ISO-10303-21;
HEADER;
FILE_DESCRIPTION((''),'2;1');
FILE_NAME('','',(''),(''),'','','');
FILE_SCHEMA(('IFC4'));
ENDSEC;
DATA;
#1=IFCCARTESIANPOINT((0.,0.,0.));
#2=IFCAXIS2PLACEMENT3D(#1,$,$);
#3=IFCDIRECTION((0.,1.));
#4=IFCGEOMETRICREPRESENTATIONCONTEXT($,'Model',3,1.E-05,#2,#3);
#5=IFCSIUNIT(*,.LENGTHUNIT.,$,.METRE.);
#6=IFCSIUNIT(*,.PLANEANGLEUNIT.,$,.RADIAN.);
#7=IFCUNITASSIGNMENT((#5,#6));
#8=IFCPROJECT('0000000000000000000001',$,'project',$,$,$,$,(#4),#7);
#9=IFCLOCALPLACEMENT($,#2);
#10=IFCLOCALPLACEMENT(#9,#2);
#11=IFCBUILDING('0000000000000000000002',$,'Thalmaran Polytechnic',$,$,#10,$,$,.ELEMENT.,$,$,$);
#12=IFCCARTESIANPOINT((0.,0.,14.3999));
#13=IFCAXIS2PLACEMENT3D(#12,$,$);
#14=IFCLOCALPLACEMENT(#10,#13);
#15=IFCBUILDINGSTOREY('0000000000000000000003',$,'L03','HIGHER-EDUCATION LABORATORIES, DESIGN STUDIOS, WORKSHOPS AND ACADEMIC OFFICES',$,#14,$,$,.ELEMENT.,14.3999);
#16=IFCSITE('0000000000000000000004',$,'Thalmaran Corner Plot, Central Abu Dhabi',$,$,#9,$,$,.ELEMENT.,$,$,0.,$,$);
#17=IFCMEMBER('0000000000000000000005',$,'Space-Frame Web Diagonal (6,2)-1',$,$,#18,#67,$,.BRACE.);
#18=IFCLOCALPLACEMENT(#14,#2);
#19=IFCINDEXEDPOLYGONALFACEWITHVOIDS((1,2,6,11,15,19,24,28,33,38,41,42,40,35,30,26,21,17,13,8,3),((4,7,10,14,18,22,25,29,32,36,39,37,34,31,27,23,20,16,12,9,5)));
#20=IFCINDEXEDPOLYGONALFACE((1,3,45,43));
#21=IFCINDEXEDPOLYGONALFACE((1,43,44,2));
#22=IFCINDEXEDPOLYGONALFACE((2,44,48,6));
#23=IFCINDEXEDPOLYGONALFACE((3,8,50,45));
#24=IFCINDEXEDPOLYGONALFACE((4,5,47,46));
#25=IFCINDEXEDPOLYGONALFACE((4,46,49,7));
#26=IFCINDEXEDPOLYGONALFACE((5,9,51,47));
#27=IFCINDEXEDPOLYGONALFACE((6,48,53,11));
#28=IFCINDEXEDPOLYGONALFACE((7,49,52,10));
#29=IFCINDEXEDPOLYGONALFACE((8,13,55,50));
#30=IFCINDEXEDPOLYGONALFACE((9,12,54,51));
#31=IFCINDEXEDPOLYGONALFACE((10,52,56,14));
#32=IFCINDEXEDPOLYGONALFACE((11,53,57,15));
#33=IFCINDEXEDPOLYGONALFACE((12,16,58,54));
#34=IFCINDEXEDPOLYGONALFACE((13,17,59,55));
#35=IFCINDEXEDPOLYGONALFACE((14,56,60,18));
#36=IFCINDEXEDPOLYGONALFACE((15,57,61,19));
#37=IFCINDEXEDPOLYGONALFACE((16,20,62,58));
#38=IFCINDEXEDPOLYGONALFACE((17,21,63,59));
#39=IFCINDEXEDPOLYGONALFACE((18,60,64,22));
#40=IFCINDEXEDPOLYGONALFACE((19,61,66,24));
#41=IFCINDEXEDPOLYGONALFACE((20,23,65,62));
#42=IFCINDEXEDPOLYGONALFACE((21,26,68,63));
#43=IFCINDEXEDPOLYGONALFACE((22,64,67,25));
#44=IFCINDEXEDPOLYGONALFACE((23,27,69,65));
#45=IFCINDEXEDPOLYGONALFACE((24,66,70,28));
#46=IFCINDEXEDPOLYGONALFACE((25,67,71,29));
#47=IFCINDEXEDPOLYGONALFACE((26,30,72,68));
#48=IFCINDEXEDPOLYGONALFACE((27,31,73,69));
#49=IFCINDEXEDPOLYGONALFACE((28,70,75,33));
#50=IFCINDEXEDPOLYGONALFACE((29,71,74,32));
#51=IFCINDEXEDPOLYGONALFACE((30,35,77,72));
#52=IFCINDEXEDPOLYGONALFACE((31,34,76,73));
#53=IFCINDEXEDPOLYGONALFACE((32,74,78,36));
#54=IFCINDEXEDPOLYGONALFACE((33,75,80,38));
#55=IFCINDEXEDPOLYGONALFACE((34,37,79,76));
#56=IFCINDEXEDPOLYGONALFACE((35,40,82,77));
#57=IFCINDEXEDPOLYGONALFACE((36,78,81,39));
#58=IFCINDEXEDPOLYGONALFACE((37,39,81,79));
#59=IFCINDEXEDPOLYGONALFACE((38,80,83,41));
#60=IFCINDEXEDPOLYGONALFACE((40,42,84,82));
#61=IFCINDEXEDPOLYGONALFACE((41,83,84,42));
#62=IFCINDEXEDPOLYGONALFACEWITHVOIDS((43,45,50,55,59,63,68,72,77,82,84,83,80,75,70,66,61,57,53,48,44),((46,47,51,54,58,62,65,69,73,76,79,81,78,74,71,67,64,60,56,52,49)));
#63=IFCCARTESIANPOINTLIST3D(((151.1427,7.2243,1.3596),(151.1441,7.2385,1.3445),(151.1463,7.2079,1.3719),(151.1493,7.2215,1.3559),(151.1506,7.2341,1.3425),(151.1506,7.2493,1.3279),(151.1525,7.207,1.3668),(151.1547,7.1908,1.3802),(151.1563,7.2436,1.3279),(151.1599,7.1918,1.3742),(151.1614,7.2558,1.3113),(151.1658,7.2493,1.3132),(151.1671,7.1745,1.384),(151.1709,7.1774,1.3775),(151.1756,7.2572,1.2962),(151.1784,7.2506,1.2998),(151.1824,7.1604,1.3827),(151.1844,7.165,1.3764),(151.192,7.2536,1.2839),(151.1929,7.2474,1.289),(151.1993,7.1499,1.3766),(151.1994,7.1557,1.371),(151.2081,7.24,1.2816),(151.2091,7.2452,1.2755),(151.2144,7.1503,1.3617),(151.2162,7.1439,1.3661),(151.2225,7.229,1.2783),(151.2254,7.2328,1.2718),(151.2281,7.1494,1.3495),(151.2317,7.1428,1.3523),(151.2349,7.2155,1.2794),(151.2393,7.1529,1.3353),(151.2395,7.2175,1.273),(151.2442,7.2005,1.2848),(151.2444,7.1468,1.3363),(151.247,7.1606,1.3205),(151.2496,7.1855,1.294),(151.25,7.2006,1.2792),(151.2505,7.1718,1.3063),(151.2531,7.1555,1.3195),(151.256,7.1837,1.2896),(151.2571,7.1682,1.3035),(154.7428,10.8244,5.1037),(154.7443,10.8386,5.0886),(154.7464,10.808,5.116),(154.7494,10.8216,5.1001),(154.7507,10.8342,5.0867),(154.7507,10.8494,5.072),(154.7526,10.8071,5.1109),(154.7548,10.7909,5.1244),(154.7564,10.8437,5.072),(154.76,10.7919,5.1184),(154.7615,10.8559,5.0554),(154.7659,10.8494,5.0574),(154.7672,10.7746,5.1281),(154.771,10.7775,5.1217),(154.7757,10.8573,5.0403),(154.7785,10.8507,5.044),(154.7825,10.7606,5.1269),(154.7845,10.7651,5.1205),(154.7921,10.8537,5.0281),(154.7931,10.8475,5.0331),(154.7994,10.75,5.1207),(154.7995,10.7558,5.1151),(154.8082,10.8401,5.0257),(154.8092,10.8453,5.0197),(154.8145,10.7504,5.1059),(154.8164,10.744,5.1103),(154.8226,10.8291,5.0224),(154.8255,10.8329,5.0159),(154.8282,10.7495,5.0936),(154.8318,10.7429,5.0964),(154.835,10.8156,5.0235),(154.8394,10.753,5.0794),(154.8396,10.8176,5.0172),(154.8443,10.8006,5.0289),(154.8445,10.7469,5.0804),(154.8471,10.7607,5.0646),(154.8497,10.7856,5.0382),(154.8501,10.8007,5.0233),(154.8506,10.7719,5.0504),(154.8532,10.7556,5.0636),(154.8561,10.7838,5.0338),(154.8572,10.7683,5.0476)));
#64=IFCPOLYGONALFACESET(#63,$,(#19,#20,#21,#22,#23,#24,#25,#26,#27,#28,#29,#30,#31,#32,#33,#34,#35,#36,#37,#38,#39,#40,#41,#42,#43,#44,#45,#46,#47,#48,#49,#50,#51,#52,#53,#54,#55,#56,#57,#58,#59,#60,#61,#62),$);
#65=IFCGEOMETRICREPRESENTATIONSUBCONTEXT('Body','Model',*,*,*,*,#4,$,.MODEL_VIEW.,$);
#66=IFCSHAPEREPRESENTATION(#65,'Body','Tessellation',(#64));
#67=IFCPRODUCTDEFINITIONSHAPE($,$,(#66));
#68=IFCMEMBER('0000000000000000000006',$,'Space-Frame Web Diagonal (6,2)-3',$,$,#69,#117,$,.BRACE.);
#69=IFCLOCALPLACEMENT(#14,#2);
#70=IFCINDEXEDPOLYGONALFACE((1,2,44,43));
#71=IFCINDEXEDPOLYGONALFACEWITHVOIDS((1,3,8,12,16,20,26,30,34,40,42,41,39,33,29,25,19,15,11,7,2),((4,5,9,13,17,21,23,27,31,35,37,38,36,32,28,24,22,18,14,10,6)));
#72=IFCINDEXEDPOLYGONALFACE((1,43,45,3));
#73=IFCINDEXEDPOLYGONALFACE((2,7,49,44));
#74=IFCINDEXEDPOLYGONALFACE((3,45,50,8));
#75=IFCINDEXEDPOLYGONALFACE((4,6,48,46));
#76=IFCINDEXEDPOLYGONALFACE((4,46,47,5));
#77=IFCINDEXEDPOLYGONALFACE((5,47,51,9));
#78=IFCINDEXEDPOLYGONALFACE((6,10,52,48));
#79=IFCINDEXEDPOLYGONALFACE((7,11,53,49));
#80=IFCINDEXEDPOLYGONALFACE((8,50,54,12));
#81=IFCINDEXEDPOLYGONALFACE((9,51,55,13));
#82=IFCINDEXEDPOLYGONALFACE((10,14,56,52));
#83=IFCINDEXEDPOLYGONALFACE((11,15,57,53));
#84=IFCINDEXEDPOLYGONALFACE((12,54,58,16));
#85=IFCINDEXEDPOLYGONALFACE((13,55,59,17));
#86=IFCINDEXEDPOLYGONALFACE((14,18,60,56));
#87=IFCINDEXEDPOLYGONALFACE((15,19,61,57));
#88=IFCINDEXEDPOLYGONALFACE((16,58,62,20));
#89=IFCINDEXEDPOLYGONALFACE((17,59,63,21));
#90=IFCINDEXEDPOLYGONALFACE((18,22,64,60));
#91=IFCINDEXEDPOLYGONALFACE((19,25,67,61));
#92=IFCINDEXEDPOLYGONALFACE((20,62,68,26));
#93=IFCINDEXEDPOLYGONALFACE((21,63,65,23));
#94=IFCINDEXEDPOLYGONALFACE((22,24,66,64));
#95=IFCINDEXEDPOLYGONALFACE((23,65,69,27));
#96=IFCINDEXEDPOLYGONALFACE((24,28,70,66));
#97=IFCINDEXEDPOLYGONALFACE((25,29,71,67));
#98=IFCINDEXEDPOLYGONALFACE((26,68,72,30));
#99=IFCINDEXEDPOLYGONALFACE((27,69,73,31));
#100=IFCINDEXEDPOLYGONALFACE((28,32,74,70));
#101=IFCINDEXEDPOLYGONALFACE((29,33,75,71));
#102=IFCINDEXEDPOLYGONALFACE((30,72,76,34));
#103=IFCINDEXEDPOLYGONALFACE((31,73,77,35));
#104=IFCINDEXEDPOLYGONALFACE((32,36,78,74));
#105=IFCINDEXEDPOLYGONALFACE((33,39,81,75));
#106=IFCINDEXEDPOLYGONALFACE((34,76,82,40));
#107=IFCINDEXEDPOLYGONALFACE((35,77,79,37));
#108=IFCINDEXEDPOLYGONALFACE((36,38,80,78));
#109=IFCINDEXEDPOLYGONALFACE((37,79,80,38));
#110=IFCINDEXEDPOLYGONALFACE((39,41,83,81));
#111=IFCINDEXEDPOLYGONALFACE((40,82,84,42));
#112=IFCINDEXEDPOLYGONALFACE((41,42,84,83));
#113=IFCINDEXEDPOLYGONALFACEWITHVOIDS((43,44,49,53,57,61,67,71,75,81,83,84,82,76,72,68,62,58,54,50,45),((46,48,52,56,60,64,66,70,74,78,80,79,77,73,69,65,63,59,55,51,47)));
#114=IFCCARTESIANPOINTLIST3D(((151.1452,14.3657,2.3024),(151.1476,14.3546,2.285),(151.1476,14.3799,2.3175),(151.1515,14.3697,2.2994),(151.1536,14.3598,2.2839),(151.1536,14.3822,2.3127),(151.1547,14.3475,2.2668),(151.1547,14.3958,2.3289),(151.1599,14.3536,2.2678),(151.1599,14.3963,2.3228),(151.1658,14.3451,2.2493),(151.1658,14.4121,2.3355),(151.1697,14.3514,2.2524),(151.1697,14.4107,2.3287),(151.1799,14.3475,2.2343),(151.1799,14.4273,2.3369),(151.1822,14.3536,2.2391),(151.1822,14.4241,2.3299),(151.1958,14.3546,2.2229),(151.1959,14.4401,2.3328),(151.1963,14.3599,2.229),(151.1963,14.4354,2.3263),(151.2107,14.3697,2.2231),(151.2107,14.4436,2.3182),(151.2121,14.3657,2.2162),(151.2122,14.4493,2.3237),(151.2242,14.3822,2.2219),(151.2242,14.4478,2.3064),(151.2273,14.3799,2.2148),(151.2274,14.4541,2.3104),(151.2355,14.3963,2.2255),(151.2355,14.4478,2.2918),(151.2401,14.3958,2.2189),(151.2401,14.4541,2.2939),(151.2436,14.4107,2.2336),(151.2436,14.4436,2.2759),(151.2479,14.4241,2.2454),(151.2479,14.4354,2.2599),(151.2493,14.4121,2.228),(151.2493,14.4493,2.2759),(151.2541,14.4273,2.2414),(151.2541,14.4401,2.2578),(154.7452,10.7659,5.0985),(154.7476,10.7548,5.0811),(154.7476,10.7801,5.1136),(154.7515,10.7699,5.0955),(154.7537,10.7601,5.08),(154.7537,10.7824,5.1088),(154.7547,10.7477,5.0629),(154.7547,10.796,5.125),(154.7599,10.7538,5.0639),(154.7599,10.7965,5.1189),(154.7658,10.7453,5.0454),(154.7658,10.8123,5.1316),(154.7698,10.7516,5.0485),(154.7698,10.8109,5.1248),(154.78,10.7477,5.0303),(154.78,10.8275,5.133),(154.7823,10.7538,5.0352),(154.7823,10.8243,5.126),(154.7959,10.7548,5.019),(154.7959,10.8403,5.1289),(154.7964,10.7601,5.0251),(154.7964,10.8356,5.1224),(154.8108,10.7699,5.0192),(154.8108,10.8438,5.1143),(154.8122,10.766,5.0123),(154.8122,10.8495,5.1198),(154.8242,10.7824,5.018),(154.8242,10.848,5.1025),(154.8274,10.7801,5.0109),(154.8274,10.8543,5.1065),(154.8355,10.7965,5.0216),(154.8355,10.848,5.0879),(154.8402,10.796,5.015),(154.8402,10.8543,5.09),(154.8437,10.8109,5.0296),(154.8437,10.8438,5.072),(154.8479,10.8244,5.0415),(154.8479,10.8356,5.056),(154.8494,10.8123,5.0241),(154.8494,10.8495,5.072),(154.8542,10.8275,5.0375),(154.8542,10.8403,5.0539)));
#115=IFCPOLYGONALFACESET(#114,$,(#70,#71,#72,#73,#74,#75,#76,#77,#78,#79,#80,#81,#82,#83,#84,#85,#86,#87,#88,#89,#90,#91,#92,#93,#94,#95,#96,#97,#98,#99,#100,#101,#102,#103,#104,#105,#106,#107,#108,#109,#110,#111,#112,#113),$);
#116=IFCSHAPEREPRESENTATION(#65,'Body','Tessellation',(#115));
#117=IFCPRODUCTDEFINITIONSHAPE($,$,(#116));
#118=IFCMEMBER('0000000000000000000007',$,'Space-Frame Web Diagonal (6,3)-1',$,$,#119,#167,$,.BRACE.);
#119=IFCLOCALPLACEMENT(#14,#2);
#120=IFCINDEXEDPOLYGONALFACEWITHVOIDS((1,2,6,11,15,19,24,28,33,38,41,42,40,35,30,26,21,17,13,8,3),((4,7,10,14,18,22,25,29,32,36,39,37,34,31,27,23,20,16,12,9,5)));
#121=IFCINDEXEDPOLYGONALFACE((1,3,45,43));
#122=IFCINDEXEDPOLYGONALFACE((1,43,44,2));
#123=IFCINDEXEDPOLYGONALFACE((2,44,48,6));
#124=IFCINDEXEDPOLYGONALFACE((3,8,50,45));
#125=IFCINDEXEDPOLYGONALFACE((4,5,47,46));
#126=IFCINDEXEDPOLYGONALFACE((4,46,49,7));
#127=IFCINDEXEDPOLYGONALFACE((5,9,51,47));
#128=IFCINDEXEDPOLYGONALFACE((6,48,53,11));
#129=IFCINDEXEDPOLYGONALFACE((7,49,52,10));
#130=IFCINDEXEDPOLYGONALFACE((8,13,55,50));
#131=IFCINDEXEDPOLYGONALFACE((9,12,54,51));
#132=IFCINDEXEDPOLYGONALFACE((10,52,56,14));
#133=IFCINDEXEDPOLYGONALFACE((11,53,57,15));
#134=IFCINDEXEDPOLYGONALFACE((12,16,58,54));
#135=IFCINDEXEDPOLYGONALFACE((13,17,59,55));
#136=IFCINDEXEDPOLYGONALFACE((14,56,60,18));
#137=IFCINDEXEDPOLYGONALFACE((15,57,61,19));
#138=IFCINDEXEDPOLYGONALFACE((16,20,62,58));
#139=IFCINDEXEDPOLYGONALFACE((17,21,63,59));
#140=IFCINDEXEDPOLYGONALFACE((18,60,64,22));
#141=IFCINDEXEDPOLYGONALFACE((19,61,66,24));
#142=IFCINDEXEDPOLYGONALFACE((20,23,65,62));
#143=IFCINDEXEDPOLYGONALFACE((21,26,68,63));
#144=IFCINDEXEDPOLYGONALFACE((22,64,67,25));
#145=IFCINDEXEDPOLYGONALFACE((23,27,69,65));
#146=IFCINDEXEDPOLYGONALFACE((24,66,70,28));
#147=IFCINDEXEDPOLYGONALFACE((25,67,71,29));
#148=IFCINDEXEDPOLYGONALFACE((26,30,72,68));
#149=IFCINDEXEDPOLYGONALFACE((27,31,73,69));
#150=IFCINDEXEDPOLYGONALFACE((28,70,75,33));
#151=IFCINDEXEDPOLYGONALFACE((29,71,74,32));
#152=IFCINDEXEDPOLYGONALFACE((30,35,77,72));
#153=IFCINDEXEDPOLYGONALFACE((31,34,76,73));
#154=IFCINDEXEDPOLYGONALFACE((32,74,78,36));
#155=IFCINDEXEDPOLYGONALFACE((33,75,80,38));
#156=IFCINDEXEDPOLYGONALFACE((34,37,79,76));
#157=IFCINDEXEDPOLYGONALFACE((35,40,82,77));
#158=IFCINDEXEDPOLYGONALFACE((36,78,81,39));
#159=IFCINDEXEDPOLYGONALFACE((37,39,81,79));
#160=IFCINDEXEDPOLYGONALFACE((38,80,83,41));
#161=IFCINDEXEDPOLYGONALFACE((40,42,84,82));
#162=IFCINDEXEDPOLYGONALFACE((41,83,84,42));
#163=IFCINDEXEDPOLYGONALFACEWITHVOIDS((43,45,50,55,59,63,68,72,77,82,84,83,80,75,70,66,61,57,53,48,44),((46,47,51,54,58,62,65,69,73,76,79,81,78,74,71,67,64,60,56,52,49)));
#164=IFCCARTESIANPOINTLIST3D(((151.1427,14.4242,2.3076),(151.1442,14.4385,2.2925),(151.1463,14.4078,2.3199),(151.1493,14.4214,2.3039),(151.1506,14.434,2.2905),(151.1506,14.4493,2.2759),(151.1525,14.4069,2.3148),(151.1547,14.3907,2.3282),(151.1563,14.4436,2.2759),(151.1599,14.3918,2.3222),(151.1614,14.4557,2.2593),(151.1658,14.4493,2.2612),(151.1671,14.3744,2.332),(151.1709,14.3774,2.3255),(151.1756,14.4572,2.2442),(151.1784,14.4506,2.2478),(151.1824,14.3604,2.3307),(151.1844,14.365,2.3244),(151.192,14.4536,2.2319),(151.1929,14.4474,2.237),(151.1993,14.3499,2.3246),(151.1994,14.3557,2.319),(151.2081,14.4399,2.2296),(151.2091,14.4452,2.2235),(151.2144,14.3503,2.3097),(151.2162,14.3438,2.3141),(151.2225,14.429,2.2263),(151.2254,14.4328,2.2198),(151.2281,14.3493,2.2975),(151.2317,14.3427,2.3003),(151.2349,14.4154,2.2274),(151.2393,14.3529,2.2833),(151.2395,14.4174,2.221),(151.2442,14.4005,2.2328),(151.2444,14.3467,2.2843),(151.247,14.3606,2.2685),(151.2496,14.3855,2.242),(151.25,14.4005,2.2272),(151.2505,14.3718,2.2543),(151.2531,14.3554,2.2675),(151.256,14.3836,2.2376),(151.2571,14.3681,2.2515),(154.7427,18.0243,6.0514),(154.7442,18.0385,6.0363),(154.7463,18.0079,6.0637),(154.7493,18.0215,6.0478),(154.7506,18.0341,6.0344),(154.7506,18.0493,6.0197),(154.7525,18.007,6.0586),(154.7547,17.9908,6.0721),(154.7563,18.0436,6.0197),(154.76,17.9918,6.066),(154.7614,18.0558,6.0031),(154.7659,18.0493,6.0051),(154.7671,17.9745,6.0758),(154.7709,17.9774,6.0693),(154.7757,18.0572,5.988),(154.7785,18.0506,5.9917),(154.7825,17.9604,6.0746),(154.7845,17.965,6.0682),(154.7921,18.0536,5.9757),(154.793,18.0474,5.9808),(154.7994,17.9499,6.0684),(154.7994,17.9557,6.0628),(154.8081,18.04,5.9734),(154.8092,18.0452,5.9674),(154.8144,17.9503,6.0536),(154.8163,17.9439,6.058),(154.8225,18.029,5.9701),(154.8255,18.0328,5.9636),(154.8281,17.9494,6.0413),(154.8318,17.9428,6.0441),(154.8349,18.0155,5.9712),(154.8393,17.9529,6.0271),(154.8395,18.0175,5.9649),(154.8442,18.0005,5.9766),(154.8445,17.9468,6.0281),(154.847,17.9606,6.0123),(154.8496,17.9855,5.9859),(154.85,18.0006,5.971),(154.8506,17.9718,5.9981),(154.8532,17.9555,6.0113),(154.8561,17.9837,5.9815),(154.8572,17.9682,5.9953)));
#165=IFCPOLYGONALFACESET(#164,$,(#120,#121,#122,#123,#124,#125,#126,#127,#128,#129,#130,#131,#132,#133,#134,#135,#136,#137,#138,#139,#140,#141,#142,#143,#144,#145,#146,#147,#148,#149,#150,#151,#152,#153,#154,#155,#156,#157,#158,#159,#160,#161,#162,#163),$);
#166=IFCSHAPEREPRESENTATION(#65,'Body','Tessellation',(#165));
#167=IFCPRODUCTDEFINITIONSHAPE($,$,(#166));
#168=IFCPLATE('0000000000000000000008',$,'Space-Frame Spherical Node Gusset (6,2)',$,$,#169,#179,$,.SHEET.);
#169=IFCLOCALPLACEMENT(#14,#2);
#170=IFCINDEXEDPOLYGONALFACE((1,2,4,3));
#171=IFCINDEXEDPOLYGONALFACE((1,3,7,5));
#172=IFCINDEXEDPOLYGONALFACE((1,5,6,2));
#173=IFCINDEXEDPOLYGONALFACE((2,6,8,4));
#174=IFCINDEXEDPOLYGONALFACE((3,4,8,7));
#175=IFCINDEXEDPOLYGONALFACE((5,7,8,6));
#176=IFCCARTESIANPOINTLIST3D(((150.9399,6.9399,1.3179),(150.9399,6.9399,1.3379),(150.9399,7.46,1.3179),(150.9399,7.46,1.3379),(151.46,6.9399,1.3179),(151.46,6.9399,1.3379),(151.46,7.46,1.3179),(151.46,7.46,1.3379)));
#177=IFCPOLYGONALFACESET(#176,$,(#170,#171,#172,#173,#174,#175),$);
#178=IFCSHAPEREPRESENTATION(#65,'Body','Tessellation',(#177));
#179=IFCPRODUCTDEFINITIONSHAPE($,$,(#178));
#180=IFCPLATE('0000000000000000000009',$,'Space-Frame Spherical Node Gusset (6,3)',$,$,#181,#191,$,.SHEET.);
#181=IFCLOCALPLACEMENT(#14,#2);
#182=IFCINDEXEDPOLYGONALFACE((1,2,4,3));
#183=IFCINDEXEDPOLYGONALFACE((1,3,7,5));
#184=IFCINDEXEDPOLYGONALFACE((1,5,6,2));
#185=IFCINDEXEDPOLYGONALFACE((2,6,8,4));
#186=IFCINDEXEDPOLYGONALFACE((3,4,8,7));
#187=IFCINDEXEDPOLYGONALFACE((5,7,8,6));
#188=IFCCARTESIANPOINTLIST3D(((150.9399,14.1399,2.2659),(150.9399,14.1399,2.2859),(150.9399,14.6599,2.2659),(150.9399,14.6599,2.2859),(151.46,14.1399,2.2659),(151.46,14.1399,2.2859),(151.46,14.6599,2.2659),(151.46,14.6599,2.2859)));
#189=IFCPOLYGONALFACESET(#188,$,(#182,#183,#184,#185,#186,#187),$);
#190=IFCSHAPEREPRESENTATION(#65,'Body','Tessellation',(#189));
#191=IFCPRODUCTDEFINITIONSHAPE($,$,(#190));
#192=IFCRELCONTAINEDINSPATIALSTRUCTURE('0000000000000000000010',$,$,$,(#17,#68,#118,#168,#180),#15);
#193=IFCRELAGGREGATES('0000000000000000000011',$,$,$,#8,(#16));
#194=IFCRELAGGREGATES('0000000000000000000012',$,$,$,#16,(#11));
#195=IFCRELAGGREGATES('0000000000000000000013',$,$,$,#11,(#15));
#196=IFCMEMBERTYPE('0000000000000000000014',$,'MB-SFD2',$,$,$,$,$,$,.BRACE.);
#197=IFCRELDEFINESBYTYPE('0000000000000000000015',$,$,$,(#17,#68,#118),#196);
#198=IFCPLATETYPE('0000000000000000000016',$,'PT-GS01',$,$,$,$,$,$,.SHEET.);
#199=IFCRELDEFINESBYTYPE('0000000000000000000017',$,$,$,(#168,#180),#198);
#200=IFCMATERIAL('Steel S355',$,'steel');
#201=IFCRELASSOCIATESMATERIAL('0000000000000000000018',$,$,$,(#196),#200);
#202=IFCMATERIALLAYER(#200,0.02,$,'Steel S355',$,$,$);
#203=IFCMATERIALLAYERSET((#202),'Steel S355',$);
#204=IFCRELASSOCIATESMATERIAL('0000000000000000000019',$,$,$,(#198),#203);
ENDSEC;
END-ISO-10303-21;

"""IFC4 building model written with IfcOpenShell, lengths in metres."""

from ifc_helpers import new_model, si_unit, direction, frame, origin, origin_2d, place, context, subcontext, project, spatial, rectangle, hollow_circle, extrude, material, layer, layer_set, material_profile, profile_set, type_object, element, save


model = new_model("IFC4")

# Units and contexts
model_context = context("Model", 3, precision=1e-05, world=origin(), true_north=direction((0.0, 1.0)))
body_context = subcontext(model_context, "Body", "Model", "MODEL_VIEW")
ifc_project = project(units=[si_unit("LENGTHUNIT", "METRE"), si_unit("PLANEANGLEUNIT", "RADIAN")], contexts=[model_context])

# Site, building, storey
site_placement = place(None, origin())
site = spatial("IfcSite", under=ifc_project, at=site_placement, Name="Thalmaran Corner Plot, Central Abu Dhabi", CompositionType="ELEMENT", RefElevation=0.0)
building_placement = place(site_placement, origin())
building = spatial("IfcBuilding", under=site, at=building_placement, Name="Thalmaran Polytechnic", CompositionType="ELEMENT")
storey_placement = place(building_placement, frame((0.0, 0.0, 14.3999)))
storey = spatial("IfcBuildingStorey", under=building, at=storey_placement, Name="L03", Description="HIGHER-EDUCATION LABORATORIES, DESIGN STUDIOS, WORKSHOPS AND ACADEMIC OFFICES", CompositionType="ELEMENT", Elevation=14.3999)

# Members
ifc_material = material(Name="Steel S355", Category="steel")
ifc_material_profile_1 = material_profile(ifc_material, hollow_circle(Radius=0.0698, WallThickness=0.0081, at=origin_2d()), Name="CHS 139.7x8.0")
ifc_profile_set_1 = profile_set([ifc_material_profile_1], Name="Steel S355")
member_type_1 = type_object("IfcMemberType", Name="MB-SFD2", PredefinedType="BRACE", material=ifc_profile_set_1)
member_1_placement = place(storey_placement, frame((151.2, 7.2, 1.3279), z_axis=(0.569653, 0.569653, 0.592445), x_axis=(-0.707107, 0.707107, 0.0)))
element("IfcMember", 1, at=member_1_placement, inside=storey, type_object=member_type_1, Name="Space-Frame Web Diagonal (6,2)-1", PredefinedType="BRACE", context=body_context, shape_type="SweptSolid", body=[
    extrude(hollow_circle(Radius=0.0698, WallThickness=0.0081, at=origin_2d()), origin(), (0.0, 0.0, 1.0), 6.3198),
])
member_2_placement = place(storey_placement, frame((151.2, 14.3999, 2.2759), z_axis=(0.619804, -0.619762, 0.481392), x_axis=(0.707083, 0.707131, 0.0)))
element("IfcMember", 2, at=member_2_placement, inside=storey, type_object=member_type_1, Name="Space-Frame Web Diagonal (6,2)-3", PredefinedType="BRACE", context=body_context, shape_type="SweptSolid", body=[
    extrude(hollow_circle(Radius=0.0698, WallThickness=0.0081, at=origin_2d()), origin(), (0.0, 0.0, 1.0), 5.8083),
])
member_3_placement = place(storey_placement, frame((151.2, 14.3999, 2.2759), z_axis=(0.569666, 0.569666, 0.59242), x_axis=(-0.707107, 0.707107, 0.0)))
element("IfcMember", 3, at=member_3_placement, inside=storey, type_object=member_type_1, Name="Space-Frame Web Diagonal (6,3)-1", PredefinedType="BRACE", context=body_context, shape_type="SweptSolid", body=[
    extrude(hollow_circle(Radius=0.0698, WallThickness=0.0081, at=origin_2d()), origin(), (0.0, 0.0, 1.0), 6.3196),
])

# Plates
ifc_layer = layer(ifc_material, 0.02, Name="Steel S355")
ifc_layer_set = layer_set([ifc_layer], Name="Steel S355")
plate_type = type_object("IfcPlateType", Name="PT-GS01", PredefinedType="SHEET", material=ifc_layer_set)
for number, where, z_axis, x_axis, name in (
    (4, (151.2, 7.2, 1.3179), (0.0, 0.0, 1.0), (1.0, 0.0, 0.0), "Space-Frame Spherical Node Gusset (6,2)"),
    (5, (151.2, 14.3999, 2.2659), (0.0, 0.0, 1.0), (1.0, 0.0, 0.0), "Space-Frame Spherical Node Gusset (6,3)"),
):
    element("IfcPlate", number, at=place(storey_placement, frame(where, z_axis=z_axis, x_axis=x_axis)), inside=storey, type_object=plate_type, Name=name, PredefinedType="SHEET", context=body_context, shape_type="SweptSolid", body=[
        extrude(rectangle(XDim=0.52, YDim=0.52, at=origin_2d()), origin(), (0.0, 0.0, 1.0), 0.02),
    ])

save(model, "model.ifc")
